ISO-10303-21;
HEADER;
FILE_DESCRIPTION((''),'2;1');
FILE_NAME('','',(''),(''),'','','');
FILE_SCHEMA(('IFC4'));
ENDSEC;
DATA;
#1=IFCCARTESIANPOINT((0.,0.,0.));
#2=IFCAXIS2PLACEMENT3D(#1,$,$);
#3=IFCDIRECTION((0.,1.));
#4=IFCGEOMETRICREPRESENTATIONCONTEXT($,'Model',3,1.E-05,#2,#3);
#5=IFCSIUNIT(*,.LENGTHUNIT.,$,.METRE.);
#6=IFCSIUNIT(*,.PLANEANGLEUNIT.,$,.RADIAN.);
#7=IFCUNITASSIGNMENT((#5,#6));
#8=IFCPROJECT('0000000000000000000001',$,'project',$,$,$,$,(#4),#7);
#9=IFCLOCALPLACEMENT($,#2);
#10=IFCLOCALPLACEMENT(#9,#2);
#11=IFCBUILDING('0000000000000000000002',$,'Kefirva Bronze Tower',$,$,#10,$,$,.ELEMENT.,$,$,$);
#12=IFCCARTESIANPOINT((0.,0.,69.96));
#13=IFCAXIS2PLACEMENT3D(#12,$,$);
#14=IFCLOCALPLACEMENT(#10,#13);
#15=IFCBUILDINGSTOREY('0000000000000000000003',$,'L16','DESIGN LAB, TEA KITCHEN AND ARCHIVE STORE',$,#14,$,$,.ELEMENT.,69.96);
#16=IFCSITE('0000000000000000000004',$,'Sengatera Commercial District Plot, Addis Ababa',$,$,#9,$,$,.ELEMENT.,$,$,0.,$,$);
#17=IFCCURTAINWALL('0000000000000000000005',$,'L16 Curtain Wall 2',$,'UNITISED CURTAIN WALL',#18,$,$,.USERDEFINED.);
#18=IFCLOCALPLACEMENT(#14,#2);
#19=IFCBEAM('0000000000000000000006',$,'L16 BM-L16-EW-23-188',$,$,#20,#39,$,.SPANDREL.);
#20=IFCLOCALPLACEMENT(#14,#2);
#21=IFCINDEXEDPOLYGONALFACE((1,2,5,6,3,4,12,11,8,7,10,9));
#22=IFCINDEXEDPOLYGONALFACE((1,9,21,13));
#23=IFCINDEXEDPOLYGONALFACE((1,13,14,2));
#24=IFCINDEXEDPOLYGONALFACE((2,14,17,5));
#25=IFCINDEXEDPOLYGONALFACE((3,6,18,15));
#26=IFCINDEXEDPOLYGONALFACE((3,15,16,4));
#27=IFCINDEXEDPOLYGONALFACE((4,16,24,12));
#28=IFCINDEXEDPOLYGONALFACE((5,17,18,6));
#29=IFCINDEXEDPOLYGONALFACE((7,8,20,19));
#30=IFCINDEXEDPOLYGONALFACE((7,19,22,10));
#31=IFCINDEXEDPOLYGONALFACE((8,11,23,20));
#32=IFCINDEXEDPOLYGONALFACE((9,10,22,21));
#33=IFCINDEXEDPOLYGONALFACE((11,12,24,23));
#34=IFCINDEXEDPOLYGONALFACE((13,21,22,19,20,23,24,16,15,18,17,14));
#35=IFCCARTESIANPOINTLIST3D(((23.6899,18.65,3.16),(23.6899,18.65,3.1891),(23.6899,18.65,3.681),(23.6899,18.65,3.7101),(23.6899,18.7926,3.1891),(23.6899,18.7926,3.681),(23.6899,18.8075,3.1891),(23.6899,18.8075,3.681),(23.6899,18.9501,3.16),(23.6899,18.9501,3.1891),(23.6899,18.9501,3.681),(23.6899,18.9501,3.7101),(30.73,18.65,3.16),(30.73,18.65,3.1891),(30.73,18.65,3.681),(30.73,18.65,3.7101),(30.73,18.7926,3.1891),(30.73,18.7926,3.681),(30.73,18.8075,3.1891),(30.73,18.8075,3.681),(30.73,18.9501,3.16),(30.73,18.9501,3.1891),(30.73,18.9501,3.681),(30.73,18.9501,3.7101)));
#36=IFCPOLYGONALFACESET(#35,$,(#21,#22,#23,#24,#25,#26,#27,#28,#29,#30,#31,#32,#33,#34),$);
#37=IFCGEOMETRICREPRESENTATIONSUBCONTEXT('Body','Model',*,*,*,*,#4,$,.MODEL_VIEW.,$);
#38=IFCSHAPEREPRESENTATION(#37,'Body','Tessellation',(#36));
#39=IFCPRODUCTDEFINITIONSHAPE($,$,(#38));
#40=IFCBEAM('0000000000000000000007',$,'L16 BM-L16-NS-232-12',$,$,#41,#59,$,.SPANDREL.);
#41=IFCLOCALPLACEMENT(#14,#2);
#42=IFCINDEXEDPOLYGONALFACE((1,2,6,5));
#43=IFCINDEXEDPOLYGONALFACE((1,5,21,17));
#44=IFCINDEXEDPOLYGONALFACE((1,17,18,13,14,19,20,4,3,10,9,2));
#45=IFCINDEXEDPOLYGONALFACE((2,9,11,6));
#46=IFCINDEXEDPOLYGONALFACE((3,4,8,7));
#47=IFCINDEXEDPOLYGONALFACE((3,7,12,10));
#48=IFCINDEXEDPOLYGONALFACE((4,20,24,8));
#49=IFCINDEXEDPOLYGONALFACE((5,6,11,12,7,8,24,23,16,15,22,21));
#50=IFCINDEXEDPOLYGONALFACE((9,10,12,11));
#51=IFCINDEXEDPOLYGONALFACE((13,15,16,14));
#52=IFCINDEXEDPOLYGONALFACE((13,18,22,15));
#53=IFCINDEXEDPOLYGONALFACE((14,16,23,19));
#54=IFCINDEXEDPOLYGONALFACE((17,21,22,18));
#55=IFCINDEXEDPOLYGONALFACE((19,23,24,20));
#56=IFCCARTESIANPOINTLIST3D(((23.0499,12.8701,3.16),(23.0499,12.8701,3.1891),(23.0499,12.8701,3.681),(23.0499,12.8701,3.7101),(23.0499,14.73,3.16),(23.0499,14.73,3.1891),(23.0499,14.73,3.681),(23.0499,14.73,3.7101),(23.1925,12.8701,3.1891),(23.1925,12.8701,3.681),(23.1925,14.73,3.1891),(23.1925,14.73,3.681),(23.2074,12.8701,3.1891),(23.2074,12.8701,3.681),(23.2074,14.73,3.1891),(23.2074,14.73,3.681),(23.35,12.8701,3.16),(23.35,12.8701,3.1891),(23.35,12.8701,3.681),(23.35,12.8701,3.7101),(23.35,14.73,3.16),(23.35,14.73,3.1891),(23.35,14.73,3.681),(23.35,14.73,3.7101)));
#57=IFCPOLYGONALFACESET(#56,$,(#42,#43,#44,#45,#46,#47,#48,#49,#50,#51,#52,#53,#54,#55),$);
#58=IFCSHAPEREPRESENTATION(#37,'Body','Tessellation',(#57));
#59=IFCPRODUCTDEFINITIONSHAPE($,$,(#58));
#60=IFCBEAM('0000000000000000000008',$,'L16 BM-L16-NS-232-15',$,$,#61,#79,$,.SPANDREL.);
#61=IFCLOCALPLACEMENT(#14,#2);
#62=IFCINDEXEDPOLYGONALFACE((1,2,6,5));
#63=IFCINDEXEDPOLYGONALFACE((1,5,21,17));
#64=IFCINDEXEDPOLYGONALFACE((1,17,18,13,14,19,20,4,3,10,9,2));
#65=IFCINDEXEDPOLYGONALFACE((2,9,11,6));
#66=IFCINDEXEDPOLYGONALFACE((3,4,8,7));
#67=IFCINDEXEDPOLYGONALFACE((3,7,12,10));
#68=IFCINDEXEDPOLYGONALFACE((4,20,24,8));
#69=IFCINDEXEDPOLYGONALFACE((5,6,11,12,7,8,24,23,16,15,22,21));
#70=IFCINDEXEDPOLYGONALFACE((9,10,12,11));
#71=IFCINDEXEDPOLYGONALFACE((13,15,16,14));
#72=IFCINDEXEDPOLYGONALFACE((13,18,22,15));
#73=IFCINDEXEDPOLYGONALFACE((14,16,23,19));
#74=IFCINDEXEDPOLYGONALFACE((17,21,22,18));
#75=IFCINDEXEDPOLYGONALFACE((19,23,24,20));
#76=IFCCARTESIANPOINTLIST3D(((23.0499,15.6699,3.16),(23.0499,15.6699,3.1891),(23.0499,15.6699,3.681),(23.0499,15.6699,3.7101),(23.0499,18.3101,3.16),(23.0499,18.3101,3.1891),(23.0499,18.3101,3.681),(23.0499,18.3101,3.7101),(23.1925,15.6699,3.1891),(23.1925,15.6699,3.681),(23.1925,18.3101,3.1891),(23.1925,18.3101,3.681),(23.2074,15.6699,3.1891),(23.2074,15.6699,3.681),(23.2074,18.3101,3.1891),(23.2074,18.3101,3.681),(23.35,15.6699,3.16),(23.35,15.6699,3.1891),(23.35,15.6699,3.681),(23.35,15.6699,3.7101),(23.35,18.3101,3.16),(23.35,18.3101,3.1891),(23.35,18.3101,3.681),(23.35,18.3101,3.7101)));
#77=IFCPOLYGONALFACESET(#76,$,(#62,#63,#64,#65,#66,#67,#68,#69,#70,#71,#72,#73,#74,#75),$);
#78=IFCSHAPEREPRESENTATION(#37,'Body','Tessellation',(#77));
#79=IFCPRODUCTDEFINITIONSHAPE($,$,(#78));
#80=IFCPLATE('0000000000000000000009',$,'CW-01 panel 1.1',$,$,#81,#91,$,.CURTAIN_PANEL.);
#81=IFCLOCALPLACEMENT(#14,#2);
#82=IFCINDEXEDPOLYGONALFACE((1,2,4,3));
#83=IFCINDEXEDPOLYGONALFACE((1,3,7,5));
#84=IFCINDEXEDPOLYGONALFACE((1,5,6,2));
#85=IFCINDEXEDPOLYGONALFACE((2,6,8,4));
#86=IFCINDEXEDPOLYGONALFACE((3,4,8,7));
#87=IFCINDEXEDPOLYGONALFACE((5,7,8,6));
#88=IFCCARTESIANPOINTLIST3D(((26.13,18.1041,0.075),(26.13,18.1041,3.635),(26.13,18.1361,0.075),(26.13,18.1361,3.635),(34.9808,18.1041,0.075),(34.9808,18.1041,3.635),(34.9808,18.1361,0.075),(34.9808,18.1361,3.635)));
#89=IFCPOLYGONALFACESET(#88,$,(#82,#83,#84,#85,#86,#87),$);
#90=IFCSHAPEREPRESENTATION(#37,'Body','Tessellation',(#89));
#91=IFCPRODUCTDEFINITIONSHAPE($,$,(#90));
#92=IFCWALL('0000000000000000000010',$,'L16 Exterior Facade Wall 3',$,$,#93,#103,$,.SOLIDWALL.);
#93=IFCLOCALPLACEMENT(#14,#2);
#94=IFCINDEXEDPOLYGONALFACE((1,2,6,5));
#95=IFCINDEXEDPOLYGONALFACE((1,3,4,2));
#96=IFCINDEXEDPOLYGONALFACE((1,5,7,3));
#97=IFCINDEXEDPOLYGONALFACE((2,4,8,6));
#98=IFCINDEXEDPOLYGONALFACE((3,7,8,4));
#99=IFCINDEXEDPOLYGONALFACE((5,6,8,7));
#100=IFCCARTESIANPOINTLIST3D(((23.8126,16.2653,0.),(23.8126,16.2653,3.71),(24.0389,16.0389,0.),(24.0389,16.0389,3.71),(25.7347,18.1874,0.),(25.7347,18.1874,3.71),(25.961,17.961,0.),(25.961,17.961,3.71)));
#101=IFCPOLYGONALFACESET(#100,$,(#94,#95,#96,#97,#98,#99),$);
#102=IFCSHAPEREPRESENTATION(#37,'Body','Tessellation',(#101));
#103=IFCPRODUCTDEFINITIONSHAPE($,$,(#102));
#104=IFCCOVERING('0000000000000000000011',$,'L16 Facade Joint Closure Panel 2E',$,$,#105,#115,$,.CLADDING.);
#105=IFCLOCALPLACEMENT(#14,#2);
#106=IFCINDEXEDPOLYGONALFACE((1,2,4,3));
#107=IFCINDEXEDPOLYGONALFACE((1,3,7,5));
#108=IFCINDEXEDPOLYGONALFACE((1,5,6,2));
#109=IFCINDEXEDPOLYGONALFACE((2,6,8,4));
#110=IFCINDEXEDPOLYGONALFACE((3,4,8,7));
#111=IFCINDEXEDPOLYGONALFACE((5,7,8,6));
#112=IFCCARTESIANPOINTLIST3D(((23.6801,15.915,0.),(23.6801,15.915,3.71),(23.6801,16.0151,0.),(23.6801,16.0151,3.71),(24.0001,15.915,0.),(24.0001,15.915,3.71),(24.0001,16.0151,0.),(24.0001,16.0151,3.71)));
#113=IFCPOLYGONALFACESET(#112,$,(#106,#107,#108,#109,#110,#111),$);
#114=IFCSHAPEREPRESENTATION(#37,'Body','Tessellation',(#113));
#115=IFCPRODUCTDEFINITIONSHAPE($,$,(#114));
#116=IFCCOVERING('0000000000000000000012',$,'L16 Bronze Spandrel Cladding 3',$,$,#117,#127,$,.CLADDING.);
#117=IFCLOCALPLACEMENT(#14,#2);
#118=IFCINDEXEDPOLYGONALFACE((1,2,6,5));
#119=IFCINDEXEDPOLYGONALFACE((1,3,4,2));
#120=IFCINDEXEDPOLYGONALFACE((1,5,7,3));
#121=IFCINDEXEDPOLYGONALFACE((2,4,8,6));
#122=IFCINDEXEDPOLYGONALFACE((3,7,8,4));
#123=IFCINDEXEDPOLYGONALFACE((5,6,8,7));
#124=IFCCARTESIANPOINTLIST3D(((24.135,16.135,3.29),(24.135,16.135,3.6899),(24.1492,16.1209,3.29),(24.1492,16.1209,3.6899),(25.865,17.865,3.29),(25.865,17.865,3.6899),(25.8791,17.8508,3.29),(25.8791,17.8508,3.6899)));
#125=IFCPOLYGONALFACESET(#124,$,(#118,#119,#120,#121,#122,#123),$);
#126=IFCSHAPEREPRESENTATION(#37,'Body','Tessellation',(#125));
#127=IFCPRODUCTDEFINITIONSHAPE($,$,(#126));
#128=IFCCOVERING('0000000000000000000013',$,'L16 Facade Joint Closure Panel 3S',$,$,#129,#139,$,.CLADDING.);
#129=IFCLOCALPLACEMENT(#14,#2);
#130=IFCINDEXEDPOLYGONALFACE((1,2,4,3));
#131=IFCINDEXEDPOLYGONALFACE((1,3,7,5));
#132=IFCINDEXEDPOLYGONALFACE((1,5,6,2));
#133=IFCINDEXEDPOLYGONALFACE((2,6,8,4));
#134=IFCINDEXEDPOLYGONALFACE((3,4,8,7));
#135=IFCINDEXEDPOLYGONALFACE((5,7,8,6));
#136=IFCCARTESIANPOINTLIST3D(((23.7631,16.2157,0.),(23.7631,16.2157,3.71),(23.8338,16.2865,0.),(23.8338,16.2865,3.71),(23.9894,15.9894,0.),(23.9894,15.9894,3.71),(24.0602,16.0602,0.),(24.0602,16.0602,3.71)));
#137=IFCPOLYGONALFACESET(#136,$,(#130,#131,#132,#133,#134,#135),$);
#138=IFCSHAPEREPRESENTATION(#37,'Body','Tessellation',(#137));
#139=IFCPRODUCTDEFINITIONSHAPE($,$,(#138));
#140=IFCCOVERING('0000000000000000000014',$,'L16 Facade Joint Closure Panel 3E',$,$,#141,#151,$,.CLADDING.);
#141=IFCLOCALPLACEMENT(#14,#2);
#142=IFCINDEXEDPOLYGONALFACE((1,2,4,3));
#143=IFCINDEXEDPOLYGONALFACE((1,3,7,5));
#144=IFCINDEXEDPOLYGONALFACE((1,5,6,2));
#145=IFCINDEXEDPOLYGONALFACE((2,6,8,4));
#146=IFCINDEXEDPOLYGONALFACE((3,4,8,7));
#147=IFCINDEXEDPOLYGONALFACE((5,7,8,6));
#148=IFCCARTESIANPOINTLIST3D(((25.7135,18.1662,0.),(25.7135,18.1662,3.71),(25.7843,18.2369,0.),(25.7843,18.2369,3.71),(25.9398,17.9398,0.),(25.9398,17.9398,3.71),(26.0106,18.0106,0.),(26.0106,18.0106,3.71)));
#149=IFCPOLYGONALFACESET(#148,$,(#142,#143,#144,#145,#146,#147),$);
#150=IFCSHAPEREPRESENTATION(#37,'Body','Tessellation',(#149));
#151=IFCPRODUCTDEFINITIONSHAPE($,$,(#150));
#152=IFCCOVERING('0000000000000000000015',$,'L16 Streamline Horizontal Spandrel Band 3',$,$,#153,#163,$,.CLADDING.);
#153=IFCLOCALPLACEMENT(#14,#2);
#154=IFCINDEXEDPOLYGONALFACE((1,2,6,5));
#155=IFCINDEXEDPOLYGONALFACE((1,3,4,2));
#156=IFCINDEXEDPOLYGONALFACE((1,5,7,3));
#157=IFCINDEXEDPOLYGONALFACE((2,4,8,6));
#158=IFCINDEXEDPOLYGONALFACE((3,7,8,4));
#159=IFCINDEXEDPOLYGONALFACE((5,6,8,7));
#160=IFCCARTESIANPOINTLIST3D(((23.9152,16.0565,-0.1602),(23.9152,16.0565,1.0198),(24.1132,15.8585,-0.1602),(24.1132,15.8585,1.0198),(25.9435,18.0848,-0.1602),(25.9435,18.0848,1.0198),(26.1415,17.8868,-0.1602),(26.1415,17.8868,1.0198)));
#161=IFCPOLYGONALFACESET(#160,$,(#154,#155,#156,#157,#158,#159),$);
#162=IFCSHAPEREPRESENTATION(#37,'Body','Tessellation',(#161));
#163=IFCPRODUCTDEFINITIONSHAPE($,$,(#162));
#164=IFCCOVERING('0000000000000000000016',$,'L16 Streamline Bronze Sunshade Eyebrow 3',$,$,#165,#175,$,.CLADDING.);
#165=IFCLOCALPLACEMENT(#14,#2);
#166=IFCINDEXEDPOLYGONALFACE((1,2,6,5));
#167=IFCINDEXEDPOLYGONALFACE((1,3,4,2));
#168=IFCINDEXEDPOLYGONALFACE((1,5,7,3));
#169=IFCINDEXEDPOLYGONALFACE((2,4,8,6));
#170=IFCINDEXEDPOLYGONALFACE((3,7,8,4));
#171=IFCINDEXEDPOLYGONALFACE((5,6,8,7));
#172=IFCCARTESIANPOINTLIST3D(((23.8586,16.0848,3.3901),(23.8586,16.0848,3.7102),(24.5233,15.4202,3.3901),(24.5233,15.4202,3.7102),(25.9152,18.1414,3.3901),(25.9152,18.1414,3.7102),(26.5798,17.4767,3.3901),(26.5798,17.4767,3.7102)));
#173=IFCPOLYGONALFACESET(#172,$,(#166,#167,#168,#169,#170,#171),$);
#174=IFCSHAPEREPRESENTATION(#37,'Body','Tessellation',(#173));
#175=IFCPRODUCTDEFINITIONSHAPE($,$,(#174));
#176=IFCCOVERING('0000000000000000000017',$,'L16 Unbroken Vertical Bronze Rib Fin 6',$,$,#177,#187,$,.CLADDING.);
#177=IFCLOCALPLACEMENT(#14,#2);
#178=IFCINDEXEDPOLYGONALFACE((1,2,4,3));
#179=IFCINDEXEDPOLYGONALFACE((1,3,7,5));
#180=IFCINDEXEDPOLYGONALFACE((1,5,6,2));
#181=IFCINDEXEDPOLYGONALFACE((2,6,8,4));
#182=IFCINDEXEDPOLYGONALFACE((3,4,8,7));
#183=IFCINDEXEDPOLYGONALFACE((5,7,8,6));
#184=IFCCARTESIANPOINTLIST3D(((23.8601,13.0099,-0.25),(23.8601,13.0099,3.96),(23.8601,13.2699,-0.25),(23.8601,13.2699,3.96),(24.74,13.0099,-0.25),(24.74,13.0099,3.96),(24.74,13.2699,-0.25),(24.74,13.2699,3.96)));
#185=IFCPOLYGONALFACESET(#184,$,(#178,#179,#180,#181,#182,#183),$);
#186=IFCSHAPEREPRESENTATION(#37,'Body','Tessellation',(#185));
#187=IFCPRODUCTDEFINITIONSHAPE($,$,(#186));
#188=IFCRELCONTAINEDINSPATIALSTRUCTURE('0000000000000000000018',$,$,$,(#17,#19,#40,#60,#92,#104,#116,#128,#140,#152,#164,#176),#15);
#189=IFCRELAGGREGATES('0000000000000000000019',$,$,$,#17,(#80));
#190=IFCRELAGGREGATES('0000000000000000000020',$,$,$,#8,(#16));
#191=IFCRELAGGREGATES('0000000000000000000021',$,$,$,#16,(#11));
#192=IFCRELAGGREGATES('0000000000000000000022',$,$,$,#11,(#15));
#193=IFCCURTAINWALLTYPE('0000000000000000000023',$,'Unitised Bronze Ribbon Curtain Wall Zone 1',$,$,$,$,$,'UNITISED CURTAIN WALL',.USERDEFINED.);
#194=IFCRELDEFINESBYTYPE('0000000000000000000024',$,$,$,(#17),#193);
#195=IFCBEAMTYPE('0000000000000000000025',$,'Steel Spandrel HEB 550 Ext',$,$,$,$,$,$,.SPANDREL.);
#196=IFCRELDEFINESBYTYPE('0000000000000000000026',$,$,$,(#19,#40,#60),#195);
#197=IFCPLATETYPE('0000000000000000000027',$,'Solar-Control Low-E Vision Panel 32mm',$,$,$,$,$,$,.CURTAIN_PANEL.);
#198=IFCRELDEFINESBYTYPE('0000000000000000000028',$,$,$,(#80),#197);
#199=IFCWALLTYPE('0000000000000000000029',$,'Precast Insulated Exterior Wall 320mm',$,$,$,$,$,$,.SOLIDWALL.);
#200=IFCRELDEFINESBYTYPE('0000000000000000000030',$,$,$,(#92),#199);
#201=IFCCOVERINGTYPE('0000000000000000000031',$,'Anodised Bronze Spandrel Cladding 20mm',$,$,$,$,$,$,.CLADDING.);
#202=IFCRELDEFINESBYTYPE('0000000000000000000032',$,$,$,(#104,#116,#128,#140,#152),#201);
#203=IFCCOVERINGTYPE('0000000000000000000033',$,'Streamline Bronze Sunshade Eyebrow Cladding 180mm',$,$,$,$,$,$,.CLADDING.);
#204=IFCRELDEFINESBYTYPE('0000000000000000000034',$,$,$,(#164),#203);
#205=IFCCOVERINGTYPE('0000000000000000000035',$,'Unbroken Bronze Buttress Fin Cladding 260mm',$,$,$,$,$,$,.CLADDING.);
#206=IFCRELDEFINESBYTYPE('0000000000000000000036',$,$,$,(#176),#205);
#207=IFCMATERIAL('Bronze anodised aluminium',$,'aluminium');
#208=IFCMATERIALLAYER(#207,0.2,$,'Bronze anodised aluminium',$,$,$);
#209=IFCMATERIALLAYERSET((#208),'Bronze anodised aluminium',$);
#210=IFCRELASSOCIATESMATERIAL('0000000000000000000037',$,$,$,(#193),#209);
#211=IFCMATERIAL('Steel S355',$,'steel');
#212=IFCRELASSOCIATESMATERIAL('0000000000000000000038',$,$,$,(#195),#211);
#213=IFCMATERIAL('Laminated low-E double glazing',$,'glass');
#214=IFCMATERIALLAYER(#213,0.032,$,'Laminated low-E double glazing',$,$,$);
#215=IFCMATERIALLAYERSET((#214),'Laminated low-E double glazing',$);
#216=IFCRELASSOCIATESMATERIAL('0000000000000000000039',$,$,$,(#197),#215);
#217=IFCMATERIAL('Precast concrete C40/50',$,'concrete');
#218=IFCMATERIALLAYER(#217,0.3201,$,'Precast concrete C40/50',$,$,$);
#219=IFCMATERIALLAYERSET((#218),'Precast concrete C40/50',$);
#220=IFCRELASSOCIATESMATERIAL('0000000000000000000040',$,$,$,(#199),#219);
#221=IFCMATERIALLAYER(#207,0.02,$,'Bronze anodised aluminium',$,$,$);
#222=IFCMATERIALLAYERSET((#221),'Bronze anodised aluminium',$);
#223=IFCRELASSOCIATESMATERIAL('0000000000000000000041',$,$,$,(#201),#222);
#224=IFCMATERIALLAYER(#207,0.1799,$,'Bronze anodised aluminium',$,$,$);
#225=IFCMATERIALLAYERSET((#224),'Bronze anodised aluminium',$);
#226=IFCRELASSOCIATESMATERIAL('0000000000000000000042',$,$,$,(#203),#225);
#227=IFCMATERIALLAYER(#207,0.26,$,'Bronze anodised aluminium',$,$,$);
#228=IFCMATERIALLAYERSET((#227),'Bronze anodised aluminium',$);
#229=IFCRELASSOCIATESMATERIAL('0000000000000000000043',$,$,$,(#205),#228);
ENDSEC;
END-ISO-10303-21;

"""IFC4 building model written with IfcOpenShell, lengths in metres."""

from ifc_helpers import new_model, si_unit, direction, frame, frame_2d, origin, origin_2d, place, context, subcontext, project, spatial, rectangle, i_section, extrude, material, layer, layer_set, material_profile, profile_set, type_object, element, aggregate, save


model = new_model("IFC4")

# Units and contexts
model_context = context("Model", 3, precision=1e-05, world=origin(), true_north=direction((0.0, 1.0)))
body_context = subcontext(model_context, "Body", "Model", "MODEL_VIEW")
ifc_project = project(units=[si_unit("LENGTHUNIT", "METRE"), si_unit("PLANEANGLEUNIT", "RADIAN")], contexts=[model_context])

# Site, building, storey
site_placement = place(None, origin())
site = spatial("IfcSite", under=ifc_project, at=site_placement, Name="Sengatera Commercial District Plot, Addis Ababa", CompositionType="ELEMENT", RefElevation=0.0)
building_placement = place(site_placement, origin())
building = spatial("IfcBuilding", under=site, at=building_placement, Name="Kefirva Bronze Tower", CompositionType="ELEMENT")
storey_placement = place(building_placement, frame((0.0, 0.0, 69.96)))
storey = spatial("IfcBuildingStorey", under=building, at=storey_placement, Name="L16", Description="DESIGN LAB, TEA KITCHEN AND ARCHIVE STORE", CompositionType="ELEMENT", Elevation=69.96)

# Curtain wall
ifc_material_1 = material(Name="Bronze anodised aluminium", Category="aluminium")
ifc_layer_1 = layer(ifc_material_1, 0.2, Name="Bronze anodised aluminium")
ifc_layer_set_1 = layer_set([ifc_layer_1], Name="Bronze anodised aluminium")
curtain_wall_type = type_object("IfcCurtainWallType", Name="Unitised Bronze Ribbon Curtain Wall Zone 1", ElementType="UNITISED CURTAIN WALL", PredefinedType="USERDEFINED", material=ifc_layer_set_1)
curtain_wall_placement = place(storey_placement, origin())
curtain_wall = element("IfcCurtainWall", 1, at=curtain_wall_placement, inside=storey, type_object=curtain_wall_type, Name="L16 Curtain Wall 2", ObjectType="UNITISED CURTAIN WALL", PredefinedType="USERDEFINED")

# Beams
ifc_material_2 = material(Name="Steel S355", Category="steel")
ifc_material_profile_1 = material_profile(ifc_material_2, i_section(OverallWidth=0.3, OverallDepth=0.55, WebThickness=0.0149, FlangeThickness=0.0291, at=origin_2d()), Name="HEB 550")
ifc_profile_set_1 = profile_set([ifc_material_profile_1], Name="Steel S355")
beam_type_1 = type_object("IfcBeamType", Name="Steel Spandrel HEB 550 Ext", PredefinedType="SPANDREL", material=ifc_profile_set_1)
beam_1_placement = place(storey_placement, frame((23.6899, 18.8, 3.4351), z_axis=(1.0, 0.0, 0.0), x_axis=(0.0, 1.0, 0.0)))
element("IfcBeam", 2, at=beam_1_placement, inside=storey, type_object=beam_type_1, Name="L16 BM-L16-EW-23-188", PredefinedType="SPANDREL", context=body_context, shape_type="SweptSolid", body=[
    extrude(i_section(OverallWidth=0.3, OverallDepth=0.55, WebThickness=0.0149, FlangeThickness=0.0291, at=origin_2d()), origin(), (0.0, 0.0, 1.0), 7.04),
])
beam_2_placement = place(storey_placement, frame((23.2, 12.8701, 3.4351), z_axis=(0.0, 1.0, 0.0), x_axis=(-1.0, 0.0, 0.0)))
element("IfcBeam", 3, at=beam_2_placement, inside=storey, type_object=beam_type_1, Name="L16 BM-L16-NS-232-12", PredefinedType="SPANDREL", context=body_context, shape_type="SweptSolid", body=[
    extrude(i_section(OverallWidth=0.3, OverallDepth=0.55, WebThickness=0.0149, FlangeThickness=0.0291, at=origin_2d()), origin(), (0.0, 0.0, 1.0), 1.8599),
])
beam_3_placement = place(storey_placement, frame((23.2, 15.6699, 3.4351), z_axis=(0.0, 1.0, 0.0), x_axis=(-1.0, 0.0, 0.0)))
element("IfcBeam", 4, at=beam_3_placement, inside=storey, type_object=beam_type_1, Name="L16 BM-L16-NS-232-15", PredefinedType="SPANDREL", context=body_context, shape_type="SweptSolid", body=[
    extrude(i_section(OverallWidth=0.3, OverallDepth=0.55, WebThickness=0.0149, FlangeThickness=0.0291, at=origin_2d()), origin(), (0.0, 0.0, 1.0), 2.6401),
])

# Plate
ifc_material_3 = material(Name="Laminated low-E double glazing", Category="glass")
ifc_layer_2 = layer(ifc_material_3, 0.032, Name="Laminated low-E double glazing")
ifc_layer_set_2 = layer_set([ifc_layer_2], Name="Laminated low-E double glazing")
plate_type = type_object("IfcPlateType", Name="Solar-Control Low-E Vision Panel 32mm", PredefinedType="CURTAIN_PANEL", material=ifc_layer_set_2)
plate_placement = place(storey_placement, frame((30.5554, 18.1201, 0.075), z_axis=(0.0, 0.0, 1.0), x_axis=(1.0, 0.0, 0.0)))
plate = element("IfcPlate", 5, at=plate_placement, type_object=plate_type, Name="CW-01 panel 1.1", PredefinedType="CURTAIN_PANEL", context=body_context, shape_type="SweptSolid", body=[
    extrude(rectangle(XDim=8.8508, YDim=0.032, at=origin_2d()), origin(), (0.0, 0.0, 1.0), 3.5601),
])
aggregate(curtain_wall, [plate])

# Wall
ifc_material_4 = material(Name="Precast concrete C40/50", Category="concrete")
ifc_layer_3 = layer(ifc_material_4, 0.3201, Name="Precast concrete C40/50")
ifc_layer_set_3 = layer_set([ifc_layer_3], Name="Precast concrete C40/50")
wall_type = type_object("IfcWallType", Name="Precast Insulated Exterior Wall 320mm", PredefinedType="SOLIDWALL", material=ifc_layer_set_3)
wall_placement = place(storey_placement, frame((23.9258, 16.1521, 0.0), z_axis=(0.0, 0.0, 1.0), x_axis=(0.707107, 0.707107, 0.0)))
element("IfcWall", 6, at=wall_placement, inside=storey, type_object=wall_type, Name="L16 Exterior Facade Wall 3", PredefinedType="SOLIDWALL", context=body_context, shape_type="SweptSolid", body=[
    extrude(rectangle(XDim=2.7183, YDim=0.3201, at=frame_2d((1.3591, 0.0))), origin(), (0.0, 0.0, 1.0), 3.71),
])

# Coverings
ifc_layer_4 = layer(ifc_material_1, 0.02, Name="Bronze anodised aluminium")
ifc_layer_set_4 = layer_set([ifc_layer_4], Name="Bronze anodised aluminium")
covering_type_1 = type_object("IfcCoveringType", Name="Anodised Bronze Spandrel Cladding 20mm", PredefinedType="CLADDING", material=ifc_layer_set_4)
covering_1_placement = place(storey_placement, frame((23.8401, 15.9651, 0.0), z_axis=(0.0, 0.0, 1.0), x_axis=(0.0, 1.0, 0.0)))
element("IfcCovering", 7, at=covering_1_placement, inside=storey, type_object=covering_type_1, Name="L16 Facade Joint Closure Panel 2E", PredefinedType="CLADDING", context=body_context, shape_type="SweptSolid", body=[
    extrude(rectangle(XDim=0.1001, YDim=0.3201, at=origin_2d()), origin(), (0.0, 0.0, 1.0), 3.71),
])
covering_2_placement = place(storey_placement, frame((25.0071, 16.9929, 3.29), z_axis=(0.0, 0.0, 1.0), x_axis=(0.707107, 0.707107, 0.0)))
element("IfcCovering", 8, at=covering_2_placement, inside=storey, type_object=covering_type_1, Name="L16 Bronze Spandrel Cladding 3", PredefinedType="CLADDING", context=body_context, shape_type="SweptSolid", body=[
    extrude(rectangle(XDim=2.4465, YDim=0.02, at=origin_2d()), origin(), (0.0, 0.0, 1.0), 0.3999),
])
for number, where, z_axis, x_axis, name in (
    (9, (23.9116, 16.1379, 0.0), (0.0, 0.0, 1.0), (0.707107, 0.707107, 0.0), "L16 Facade Joint Closure Panel 3S"),
    (10, (25.8621, 18.0884, 0.0), (0.0, 0.0, 1.0), (0.707107, 0.707107, 0.0), "L16 Facade Joint Closure Panel 3E"),
):
    element("IfcCovering", number, at=place(storey_placement, frame(where, z_axis=z_axis, x_axis=x_axis)), inside=storey, type_object=covering_type_1, Name=name, PredefinedType="CLADDING", context=body_context, shape_type="SweptSolid", body=[
        extrude(rectangle(XDim=0.1001, YDim=0.3201, at=origin_2d()), origin(), (0.0, 0.0, 1.0), 3.71),
    ])
covering_3_placement = place(storey_placement, frame((25.0283, 16.9717, -0.1602), z_axis=(0.0, 0.0, 1.0), x_axis=(0.707107, 0.707107, 0.0)))
element("IfcCovering", 11, at=covering_3_placement, inside=storey, type_object=covering_type_1, Name="L16 Streamline Horizontal Spandrel Band 3", PredefinedType="CLADDING", context=body_context, shape_type="SweptSolid", body=[
    extrude(rectangle(XDim=2.8684, YDim=0.28, at=origin_2d()), origin(), (0.0, 0.0, 1.0), 1.1799),
])
ifc_layer_5 = layer(ifc_material_1, 0.1799, Name="Bronze anodised aluminium")
ifc_layer_set_5 = layer_set([ifc_layer_5], Name="Bronze anodised aluminium")
covering_type_2 = type_object("IfcCoveringType", Name="Streamline Bronze Sunshade Eyebrow Cladding 180mm", PredefinedType="CLADDING", material=ifc_layer_set_5)
covering_4_placement = place(storey_placement, frame((25.2192, 16.7808, 3.3901), z_axis=(0.0, 0.0, 1.0), x_axis=(0.707107, 0.707107, 0.0)))
element("IfcCovering", 12, at=covering_4_placement, inside=storey, type_object=covering_type_2, Name="L16 Streamline Bronze Sunshade Eyebrow 3", PredefinedType="CLADDING", context=body_context, shape_type="SweptSolid", body=[
    extrude(rectangle(XDim=2.9084, YDim=0.9399, at=origin_2d()), origin(), (0.0, 0.0, 1.0), 0.3201),
])
ifc_layer_6 = layer(ifc_material_1, 0.26, Name="Bronze anodised aluminium")
ifc_layer_set_6 = layer_set([ifc_layer_6], Name="Bronze anodised aluminium")
covering_type_3 = type_object("IfcCoveringType", Name="Unbroken Bronze Buttress Fin Cladding 260mm", PredefinedType="CLADDING", material=ifc_layer_set_6)
covering_5_placement = place(storey_placement, frame((24.3, 13.1399, -0.25), z_axis=(0.0, 0.0, 1.0), x_axis=(0.0, 1.0, 0.0)))
element("IfcCovering", 13, at=covering_5_placement, inside=storey, type_object=covering_type_3, Name="L16 Unbroken Vertical Bronze Rib Fin 6", PredefinedType="CLADDING", context=body_context, shape_type="SweptSolid", body=[
    extrude(rectangle(XDim=0.26, YDim=0.8799, at=origin_2d()), origin(), (0.0, 0.0, 1.0), 4.21),
])

save(model, "model.ifc")
